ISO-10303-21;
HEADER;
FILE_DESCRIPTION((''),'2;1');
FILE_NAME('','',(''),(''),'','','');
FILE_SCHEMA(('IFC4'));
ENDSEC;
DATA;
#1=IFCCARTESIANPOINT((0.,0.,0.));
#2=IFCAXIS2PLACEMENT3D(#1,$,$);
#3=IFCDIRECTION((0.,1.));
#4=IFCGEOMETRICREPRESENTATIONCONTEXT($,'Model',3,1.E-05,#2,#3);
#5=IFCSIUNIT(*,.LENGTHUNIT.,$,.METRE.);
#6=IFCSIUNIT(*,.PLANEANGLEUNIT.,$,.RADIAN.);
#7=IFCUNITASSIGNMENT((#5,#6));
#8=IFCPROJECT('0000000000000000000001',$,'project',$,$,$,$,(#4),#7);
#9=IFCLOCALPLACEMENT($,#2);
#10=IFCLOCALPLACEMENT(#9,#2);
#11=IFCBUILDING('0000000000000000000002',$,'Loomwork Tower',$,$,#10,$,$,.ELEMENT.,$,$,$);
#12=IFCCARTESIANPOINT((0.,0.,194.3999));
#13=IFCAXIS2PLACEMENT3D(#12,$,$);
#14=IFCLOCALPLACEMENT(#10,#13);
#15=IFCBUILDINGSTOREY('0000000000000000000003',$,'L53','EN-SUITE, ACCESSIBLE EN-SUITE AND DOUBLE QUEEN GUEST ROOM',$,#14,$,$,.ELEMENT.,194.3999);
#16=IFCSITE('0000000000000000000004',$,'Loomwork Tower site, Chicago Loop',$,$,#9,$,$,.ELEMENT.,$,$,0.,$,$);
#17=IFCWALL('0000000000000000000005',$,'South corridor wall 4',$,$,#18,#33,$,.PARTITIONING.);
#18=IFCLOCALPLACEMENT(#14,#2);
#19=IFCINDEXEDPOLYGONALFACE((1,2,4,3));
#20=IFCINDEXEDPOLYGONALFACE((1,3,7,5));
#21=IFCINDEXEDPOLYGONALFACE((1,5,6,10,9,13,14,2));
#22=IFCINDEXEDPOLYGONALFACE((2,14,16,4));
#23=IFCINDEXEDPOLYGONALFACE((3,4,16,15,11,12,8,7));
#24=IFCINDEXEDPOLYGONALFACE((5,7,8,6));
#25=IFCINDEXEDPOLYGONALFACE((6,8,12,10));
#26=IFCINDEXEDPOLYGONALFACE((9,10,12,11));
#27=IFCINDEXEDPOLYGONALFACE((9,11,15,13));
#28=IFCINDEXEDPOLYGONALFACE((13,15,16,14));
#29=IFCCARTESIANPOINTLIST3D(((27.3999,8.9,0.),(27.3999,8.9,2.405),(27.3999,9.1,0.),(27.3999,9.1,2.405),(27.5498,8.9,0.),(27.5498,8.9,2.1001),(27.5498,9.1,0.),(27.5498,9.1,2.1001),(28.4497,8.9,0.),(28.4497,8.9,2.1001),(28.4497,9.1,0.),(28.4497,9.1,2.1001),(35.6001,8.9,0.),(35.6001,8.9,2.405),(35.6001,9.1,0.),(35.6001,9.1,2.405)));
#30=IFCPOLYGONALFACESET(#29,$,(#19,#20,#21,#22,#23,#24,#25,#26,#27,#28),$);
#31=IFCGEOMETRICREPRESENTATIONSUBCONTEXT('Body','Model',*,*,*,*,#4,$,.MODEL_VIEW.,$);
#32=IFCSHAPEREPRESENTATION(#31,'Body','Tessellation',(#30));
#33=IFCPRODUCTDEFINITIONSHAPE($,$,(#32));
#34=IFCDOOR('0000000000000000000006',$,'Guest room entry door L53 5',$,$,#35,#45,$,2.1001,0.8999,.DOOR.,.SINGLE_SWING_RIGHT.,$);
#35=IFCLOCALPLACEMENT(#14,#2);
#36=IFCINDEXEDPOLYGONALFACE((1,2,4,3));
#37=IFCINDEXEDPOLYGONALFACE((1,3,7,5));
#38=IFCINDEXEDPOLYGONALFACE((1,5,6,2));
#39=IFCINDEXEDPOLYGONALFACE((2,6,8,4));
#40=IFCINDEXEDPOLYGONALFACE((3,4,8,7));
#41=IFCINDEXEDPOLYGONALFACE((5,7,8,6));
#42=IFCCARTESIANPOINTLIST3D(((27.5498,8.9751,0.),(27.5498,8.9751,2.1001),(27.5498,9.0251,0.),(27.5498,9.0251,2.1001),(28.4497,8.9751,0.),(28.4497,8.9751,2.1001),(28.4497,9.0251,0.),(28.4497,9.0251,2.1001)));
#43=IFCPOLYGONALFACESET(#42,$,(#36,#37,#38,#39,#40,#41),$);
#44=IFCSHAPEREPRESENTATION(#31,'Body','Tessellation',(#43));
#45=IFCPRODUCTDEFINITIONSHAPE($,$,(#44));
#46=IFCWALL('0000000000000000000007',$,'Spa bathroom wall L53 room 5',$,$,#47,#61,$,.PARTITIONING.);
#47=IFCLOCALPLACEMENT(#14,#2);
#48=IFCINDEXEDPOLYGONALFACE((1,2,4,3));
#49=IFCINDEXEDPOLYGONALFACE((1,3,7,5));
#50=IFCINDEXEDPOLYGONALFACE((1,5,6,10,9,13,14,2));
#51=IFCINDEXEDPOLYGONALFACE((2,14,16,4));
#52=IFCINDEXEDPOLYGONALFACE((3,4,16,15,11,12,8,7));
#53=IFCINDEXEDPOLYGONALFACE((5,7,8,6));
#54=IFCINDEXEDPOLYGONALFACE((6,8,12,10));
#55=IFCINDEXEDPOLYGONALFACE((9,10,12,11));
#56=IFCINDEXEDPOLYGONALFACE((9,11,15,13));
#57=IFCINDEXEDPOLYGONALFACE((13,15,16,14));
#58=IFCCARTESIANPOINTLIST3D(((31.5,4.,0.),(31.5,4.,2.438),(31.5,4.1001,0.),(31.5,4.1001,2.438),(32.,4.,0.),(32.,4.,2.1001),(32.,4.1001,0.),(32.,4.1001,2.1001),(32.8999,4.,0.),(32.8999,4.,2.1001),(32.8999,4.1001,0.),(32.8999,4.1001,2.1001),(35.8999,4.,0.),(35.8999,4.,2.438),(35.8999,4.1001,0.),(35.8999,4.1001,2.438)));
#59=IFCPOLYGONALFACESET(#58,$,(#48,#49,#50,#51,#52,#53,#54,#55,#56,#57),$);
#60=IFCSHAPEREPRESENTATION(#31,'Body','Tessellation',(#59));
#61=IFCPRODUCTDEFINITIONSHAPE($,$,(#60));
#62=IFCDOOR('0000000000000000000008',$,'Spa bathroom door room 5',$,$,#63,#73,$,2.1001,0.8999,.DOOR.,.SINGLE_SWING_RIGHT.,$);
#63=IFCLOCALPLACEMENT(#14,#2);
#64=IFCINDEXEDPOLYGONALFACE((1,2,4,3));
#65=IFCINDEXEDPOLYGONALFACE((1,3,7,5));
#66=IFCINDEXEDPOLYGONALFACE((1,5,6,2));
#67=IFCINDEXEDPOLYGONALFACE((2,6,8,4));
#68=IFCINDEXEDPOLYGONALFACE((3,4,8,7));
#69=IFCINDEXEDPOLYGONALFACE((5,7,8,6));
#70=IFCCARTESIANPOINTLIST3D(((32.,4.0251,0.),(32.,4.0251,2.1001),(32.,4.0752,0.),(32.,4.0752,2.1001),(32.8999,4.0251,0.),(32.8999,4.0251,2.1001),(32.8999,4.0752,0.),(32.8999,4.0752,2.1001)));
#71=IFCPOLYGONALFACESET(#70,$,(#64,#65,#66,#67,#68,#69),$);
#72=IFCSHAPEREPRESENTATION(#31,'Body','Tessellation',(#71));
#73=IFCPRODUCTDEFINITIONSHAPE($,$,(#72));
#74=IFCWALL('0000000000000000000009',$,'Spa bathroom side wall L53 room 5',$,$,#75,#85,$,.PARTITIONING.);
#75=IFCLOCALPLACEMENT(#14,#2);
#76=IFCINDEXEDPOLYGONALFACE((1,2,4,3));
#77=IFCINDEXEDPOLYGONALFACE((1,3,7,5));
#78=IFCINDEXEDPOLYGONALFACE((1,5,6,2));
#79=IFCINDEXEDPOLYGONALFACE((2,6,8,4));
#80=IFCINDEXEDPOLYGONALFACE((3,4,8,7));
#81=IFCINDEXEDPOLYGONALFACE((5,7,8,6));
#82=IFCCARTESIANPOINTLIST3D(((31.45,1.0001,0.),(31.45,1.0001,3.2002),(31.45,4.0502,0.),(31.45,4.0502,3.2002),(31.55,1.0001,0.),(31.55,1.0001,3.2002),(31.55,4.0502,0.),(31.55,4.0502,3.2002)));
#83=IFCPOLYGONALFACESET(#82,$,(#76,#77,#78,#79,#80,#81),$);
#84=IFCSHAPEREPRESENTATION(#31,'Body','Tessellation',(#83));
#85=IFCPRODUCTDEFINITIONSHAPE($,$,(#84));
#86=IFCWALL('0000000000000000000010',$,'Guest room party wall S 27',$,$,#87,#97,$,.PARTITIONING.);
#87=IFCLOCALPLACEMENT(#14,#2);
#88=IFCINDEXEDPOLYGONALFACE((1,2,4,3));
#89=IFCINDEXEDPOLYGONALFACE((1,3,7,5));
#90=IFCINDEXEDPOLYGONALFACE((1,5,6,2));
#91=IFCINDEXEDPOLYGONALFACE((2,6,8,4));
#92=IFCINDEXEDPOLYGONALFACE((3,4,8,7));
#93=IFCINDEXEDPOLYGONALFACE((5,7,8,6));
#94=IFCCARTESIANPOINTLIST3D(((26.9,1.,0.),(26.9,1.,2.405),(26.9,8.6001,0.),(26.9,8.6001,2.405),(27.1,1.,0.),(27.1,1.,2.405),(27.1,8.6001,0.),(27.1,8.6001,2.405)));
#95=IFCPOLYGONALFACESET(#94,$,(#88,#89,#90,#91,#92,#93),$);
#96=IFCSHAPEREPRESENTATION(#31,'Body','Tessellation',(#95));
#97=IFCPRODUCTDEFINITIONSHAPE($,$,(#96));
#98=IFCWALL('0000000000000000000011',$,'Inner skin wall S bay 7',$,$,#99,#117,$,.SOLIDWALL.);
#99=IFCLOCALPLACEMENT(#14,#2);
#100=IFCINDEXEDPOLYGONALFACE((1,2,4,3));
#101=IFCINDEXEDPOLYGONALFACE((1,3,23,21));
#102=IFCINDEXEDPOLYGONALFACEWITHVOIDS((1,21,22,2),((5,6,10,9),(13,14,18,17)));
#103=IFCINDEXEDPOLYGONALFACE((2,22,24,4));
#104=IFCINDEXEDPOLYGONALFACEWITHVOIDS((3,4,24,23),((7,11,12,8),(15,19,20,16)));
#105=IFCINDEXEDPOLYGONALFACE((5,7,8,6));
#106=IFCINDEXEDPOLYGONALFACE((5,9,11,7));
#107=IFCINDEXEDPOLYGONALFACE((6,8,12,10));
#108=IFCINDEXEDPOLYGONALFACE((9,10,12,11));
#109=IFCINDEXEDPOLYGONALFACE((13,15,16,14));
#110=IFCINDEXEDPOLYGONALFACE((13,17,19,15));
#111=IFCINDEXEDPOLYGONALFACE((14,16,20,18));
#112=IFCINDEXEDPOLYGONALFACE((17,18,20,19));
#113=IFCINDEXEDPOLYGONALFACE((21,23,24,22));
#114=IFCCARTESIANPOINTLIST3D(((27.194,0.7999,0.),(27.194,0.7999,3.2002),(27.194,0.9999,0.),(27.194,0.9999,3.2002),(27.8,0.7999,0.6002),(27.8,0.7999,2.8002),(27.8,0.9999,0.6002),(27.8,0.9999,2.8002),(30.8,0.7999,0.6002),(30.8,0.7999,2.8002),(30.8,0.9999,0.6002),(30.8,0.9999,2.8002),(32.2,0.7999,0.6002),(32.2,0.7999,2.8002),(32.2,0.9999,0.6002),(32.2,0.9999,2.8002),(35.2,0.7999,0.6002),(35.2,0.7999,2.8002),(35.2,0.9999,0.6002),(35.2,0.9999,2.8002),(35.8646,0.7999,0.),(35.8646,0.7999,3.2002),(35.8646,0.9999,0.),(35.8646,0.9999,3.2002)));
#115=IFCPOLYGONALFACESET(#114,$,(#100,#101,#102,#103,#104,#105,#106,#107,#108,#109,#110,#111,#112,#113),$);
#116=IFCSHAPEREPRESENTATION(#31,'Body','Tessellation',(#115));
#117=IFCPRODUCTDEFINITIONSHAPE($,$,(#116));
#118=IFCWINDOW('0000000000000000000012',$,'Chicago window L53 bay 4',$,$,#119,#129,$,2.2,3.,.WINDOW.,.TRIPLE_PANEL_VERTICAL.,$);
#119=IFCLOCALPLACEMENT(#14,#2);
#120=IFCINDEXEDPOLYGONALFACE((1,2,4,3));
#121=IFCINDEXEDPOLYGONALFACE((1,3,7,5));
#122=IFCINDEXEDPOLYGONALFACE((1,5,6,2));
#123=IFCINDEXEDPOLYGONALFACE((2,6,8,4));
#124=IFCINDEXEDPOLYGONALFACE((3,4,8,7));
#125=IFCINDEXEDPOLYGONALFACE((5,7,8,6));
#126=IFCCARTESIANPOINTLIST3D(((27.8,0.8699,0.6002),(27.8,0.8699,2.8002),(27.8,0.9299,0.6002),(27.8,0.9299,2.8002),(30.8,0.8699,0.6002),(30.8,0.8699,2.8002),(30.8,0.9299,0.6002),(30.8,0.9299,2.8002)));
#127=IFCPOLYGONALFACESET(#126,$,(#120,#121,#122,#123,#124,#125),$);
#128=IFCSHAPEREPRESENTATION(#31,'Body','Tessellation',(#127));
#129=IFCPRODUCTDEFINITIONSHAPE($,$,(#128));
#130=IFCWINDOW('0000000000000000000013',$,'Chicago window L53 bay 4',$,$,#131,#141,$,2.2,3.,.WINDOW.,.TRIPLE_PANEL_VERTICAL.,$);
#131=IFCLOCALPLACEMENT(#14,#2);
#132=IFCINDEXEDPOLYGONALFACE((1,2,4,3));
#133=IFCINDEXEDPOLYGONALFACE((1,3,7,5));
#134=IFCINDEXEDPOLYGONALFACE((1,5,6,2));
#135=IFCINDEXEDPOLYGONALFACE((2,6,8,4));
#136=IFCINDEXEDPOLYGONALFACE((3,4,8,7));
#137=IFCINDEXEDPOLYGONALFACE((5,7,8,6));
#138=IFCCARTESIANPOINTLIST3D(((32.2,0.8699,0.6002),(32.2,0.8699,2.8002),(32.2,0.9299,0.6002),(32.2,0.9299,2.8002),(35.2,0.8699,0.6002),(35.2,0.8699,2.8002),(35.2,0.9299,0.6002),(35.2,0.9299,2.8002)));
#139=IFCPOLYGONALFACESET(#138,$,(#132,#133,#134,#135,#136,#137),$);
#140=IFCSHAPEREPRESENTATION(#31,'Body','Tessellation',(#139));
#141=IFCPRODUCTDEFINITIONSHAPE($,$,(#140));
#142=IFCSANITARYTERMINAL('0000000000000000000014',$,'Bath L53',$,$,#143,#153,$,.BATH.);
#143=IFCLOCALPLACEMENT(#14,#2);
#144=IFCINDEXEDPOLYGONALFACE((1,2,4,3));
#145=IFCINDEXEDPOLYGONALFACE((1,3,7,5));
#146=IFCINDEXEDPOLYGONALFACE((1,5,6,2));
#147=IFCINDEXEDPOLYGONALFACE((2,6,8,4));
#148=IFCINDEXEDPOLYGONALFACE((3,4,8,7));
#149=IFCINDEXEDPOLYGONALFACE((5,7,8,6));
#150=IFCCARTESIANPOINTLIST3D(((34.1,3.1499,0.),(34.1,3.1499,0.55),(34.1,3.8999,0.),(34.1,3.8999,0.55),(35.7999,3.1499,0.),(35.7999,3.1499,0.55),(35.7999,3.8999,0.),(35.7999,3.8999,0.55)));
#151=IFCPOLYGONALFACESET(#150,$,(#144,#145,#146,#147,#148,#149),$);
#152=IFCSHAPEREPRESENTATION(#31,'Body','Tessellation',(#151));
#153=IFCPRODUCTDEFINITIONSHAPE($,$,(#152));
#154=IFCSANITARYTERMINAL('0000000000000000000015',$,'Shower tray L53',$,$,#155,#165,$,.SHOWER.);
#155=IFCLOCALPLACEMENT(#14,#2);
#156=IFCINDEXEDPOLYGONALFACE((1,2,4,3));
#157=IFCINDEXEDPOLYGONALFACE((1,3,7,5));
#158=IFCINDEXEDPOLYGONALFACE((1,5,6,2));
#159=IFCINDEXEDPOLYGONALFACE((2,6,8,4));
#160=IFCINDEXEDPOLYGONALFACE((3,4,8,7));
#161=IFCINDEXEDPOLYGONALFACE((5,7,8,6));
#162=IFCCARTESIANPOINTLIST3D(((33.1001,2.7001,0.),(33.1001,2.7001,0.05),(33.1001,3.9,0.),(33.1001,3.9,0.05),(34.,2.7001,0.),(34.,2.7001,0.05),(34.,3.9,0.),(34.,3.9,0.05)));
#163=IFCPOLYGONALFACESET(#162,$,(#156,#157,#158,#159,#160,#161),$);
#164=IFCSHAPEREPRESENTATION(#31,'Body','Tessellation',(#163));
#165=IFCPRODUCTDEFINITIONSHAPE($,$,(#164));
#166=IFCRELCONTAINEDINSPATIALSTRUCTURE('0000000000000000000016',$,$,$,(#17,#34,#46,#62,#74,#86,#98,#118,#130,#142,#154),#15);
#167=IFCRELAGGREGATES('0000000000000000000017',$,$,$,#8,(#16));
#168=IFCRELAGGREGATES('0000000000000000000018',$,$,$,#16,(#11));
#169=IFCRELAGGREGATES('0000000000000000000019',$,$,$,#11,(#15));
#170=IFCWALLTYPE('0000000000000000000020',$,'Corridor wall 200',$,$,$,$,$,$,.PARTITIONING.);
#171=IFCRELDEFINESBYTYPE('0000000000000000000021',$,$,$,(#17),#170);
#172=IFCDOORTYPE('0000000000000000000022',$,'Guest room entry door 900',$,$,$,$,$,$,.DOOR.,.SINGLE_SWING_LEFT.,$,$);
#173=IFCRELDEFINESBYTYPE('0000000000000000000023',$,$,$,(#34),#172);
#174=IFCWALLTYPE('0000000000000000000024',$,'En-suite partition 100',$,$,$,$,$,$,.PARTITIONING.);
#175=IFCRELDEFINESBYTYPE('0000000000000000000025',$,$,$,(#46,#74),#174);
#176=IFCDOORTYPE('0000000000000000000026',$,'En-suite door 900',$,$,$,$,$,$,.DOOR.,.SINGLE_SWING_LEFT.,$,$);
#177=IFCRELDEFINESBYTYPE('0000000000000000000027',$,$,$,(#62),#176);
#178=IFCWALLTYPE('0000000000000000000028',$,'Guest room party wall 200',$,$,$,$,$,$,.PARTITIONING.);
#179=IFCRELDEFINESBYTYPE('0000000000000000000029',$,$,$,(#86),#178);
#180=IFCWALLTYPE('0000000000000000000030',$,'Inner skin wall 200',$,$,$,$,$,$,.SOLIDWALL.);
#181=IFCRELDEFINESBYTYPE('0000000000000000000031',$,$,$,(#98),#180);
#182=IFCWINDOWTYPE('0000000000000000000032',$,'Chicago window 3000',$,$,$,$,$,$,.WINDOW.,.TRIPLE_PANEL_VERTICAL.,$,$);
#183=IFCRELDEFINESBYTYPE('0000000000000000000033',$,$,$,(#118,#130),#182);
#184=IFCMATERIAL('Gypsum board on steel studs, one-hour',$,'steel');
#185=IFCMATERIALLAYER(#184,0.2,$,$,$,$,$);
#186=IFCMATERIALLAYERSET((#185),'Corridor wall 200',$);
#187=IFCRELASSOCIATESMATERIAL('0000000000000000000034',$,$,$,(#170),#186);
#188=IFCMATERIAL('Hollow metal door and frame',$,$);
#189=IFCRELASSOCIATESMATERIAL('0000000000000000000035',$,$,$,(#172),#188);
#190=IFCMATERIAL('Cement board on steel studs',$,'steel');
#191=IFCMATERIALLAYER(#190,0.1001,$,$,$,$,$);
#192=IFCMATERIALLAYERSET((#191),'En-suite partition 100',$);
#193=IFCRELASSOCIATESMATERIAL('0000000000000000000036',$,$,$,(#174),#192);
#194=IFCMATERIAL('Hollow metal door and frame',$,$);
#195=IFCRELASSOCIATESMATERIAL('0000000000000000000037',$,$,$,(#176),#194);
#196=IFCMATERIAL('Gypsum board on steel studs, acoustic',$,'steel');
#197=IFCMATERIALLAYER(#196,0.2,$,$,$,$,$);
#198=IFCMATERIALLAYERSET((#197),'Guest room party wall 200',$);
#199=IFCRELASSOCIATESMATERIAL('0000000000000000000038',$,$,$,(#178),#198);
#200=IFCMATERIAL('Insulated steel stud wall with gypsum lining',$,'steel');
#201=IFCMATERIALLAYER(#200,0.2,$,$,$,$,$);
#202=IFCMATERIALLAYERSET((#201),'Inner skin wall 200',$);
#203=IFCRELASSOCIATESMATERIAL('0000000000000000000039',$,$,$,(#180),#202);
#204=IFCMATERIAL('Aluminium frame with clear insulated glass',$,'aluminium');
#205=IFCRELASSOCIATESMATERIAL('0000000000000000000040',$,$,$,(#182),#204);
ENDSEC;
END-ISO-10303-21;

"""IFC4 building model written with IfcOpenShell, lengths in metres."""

from ifc_helpers import new_model, si_unit, direction, frame, frame_2d, origin, origin_2d, place, context, subcontext, project, spatial, rectangle, extrude, material, layer, layer_set, type_object, element, fill, save


model = new_model("IFC4")

# Units and contexts
model_context = context("Model", 3, precision=1e-05, world=origin(), true_north=direction((0.0, 1.0)))
body_context = subcontext(model_context, "Body", "Model", "MODEL_VIEW")
ifc_project = project(units=[si_unit("LENGTHUNIT", "METRE"), si_unit("PLANEANGLEUNIT", "RADIAN")], contexts=[model_context])

# Site, building, storey
site_placement = place(None, origin())
site = spatial("IfcSite", under=ifc_project, at=site_placement, Name="Loomwork Tower site, Chicago Loop", CompositionType="ELEMENT", RefElevation=0.0)
building_placement = place(site_placement, origin())
building = spatial("IfcBuilding", under=site, at=building_placement, Name="Loomwork Tower", CompositionType="ELEMENT")
storey_placement = place(building_placement, frame((0.0, 0.0, 194.3999)))
storey = spatial("IfcBuildingStorey", under=building, at=storey_placement, Name="L53", Description="EN-SUITE, ACCESSIBLE EN-SUITE AND DOUBLE QUEEN GUEST ROOM", CompositionType="ELEMENT", Elevation=194.3999)

# Walls, openings, doors
ifc_material_1 = material(Name="Gypsum board on steel studs, one-hour", Category="steel")
ifc_layer_1 = layer(ifc_material_1, 0.2)
ifc_layer_set_1 = layer_set([ifc_layer_1], Name="Corridor wall 200")
wall_type_1 = type_object("IfcWallType", Name="Corridor wall 200", PredefinedType="PARTITIONING", material=ifc_layer_set_1)
wall_1_placement = place(storey_placement, frame((27.3999, 9.0, 0.0), z_axis=(0.0, 0.0, 1.0), x_axis=(1.0, 0.0, 0.0)))
wall_1 = element("IfcWall", 1, at=wall_1_placement, inside=storey, type_object=wall_type_1, Name="South corridor wall 4", PredefinedType="PARTITIONING", context=body_context, shape_type="SweptSolid", body=[
    extrude(rectangle(XDim=8.2002, YDim=0.2, at=frame_2d((4.1001, 0.0))), origin(), (0.0, 0.0, 1.0), 2.405),
])
opening_1_placement = place(wall_1_placement, frame((0.1499, 0.0, 0.0)))
opening_1 = element("IfcOpeningElement", 2, at=opening_1_placement, cuts=wall_1, PredefinedType="OPENING", context=body_context, shape_type="SweptSolid", body=[
    extrude(rectangle(XDim=0.8999, YDim=2.1001, at=frame_2d((0.45, 1.05))), frame((0.0, 0.1099, 0.0), z_axis=(0.0, -1.0, 0.0), x_axis=(1.0, 0.0, 0.0)), (0.0, 0.0, 1.0), 0.22),
])
ifc_material_2 = material(Name="Hollow metal door and frame")
door_type_1 = type_object("IfcDoorType", Name="Guest room entry door 900", OperationType="SINGLE_SWING_LEFT", PredefinedType="DOOR", material=ifc_material_2)
door_1_placement = place(opening_1_placement, frame((0.8999, 0.0, 0.0), z_axis=(0.0, 0.0, 1.0), x_axis=(-1.0, 0.0, 0.0)))
door_1 = element("IfcDoor", 3, at=door_1_placement, inside=storey, type_object=door_type_1, Name="Guest room entry door L53 5", OperationType="SINGLE_SWING_RIGHT", OverallHeight=2.1001, OverallWidth=0.8999, PredefinedType="DOOR", context=body_context, shape_type="SweptSolid", body=[
    extrude(rectangle(XDim=0.8999, YDim=2.1001, at=frame_2d((0.45, 1.05))), frame((0.0, 0.0249, 0.0), z_axis=(0.0, -1.0, 0.0), x_axis=(1.0, 0.0, 0.0)), (0.0, 0.0, 1.0), 0.05),
])
fill(opening_1, door_1)
ifc_material_3 = material(Name="Cement board on steel studs", Category="steel")
ifc_layer_2 = layer(ifc_material_3, 0.1001)
ifc_layer_set_2 = layer_set([ifc_layer_2], Name="En-suite partition 100")
wall_type_2 = type_object("IfcWallType", Name="En-suite partition 100", PredefinedType="PARTITIONING", material=ifc_layer_set_2)
wall_2_placement = place(storey_placement, frame((31.5, 4.05, 0.0), z_axis=(0.0, 0.0, 1.0), x_axis=(1.0, 0.0, 0.0)))
wall_2 = element("IfcWall", 4, at=wall_2_placement, inside=storey, type_object=wall_type_2, Name="Spa bathroom wall L53 room 5", PredefinedType="PARTITIONING", context=body_context, shape_type="SweptSolid", body=[
    extrude(rectangle(XDim=4.3999, YDim=0.1001, at=frame_2d((2.2, 0.0))), origin(), (0.0, 0.0, 1.0), 2.438),
])
opening_2_placement = place(wall_2_placement, frame((0.5, 0.0, 0.0)))
opening_2 = element("IfcOpeningElement", 5, at=opening_2_placement, cuts=wall_2, PredefinedType="OPENING", context=body_context, shape_type="SweptSolid", body=[
    extrude(rectangle(XDim=0.8999, YDim=2.1001, at=frame_2d((0.45, 1.05))), frame((0.0, 0.0601, 0.0), z_axis=(0.0, -1.0, 0.0), x_axis=(1.0, 0.0, 0.0)), (0.0, 0.0, 1.0), 0.1201),
])
ifc_material_4 = material(Name="Hollow metal door and frame")
door_type_2 = type_object("IfcDoorType", Name="En-suite door 900", OperationType="SINGLE_SWING_LEFT", PredefinedType="DOOR", material=ifc_material_4)
door_2_placement = place(opening_2_placement, frame((0.8999, 0.0, 0.0), z_axis=(0.0, 0.0, 1.0), x_axis=(-1.0, 0.0, 0.0)))
door_2 = element("IfcDoor", 6, at=door_2_placement, inside=storey, type_object=door_type_2, Name="Spa bathroom door room 5", OperationType="SINGLE_SWING_RIGHT", OverallHeight=2.1001, OverallWidth=0.8999, PredefinedType="DOOR", context=body_context, shape_type="SweptSolid", body=[
    extrude(rectangle(XDim=0.8999, YDim=2.1001, at=frame_2d((0.45, 1.05))), frame((0.0, 0.0249, 0.0), z_axis=(0.0, -1.0, 0.0), x_axis=(1.0, 0.0, 0.0)), (0.0, 0.0, 1.0), 0.05),
])
fill(opening_2, door_2)

# Walls
wall_3_placement = place(storey_placement, frame((31.5, 4.05, 0.0), z_axis=(0.0, 0.0, 1.0), x_axis=(0.0, -1.0, 0.0)))
element("IfcWall", 7, at=wall_3_placement, inside=storey, type_object=wall_type_2, Name="Spa bathroom side wall L53 room 5", PredefinedType="PARTITIONING", context=body_context, shape_type="SweptSolid", body=[
    extrude(rectangle(XDim=3.05, YDim=0.1001, at=frame_2d((1.5249, 0.0))), origin(), (0.0, 0.0, 1.0), 3.2002),
])
ifc_material_5 = material(Name="Gypsum board on steel studs, acoustic", Category="steel")
ifc_layer_3 = layer(ifc_material_5, 0.2)
ifc_layer_set_3 = layer_set([ifc_layer_3], Name="Guest room party wall 200")
wall_type_3 = type_object("IfcWallType", Name="Guest room party wall 200", PredefinedType="PARTITIONING", material=ifc_layer_set_3)
wall_4_placement = place(storey_placement, frame((27.0, 8.6001, 0.0), z_axis=(0.0, 0.0, 1.0), x_axis=(0.0, -1.0, 0.0)))
element("IfcWall", 8, at=wall_4_placement, inside=storey, type_object=wall_type_3, Name="Guest room party wall S 27", PredefinedType="PARTITIONING", context=body_context, shape_type="SweptSolid", body=[
    extrude(rectangle(XDim=7.6001, YDim=0.2, at=frame_2d((3.8, 0.0))), origin(), (0.0, 0.0, 1.0), 2.405),
])

# Wall, openings, windows
ifc_material_6 = material(Name="Insulated steel stud wall with gypsum lining", Category="steel")
ifc_layer_4 = layer(ifc_material_6, 0.2)
ifc_layer_set_4 = layer_set([ifc_layer_4], Name="Inner skin wall 200")
wall_type_4 = type_object("IfcWallType", Name="Inner skin wall 200", PredefinedType="SOLIDWALL", material=ifc_layer_set_4)
wall_5_placement = place(storey_placement, frame((27.1938, 0.8999, 0.0), z_axis=(0.0, 0.0, 1.0), x_axis=(1.0, 0.0, 0.0)))
wall_5 = element("IfcWall", 9, at=wall_5_placement, inside=storey, type_object=wall_type_4, Name="Inner skin wall S bay 7", PredefinedType="SOLIDWALL", context=body_context, shape_type="SweptSolid", body=[
    extrude(rectangle(XDim=8.6707, YDim=0.2, at=frame_2d((4.3354, 0.0))), origin(), (0.0, 0.0, 1.0), 3.2002),
])
opening_3_placement = place(wall_5_placement, frame((0.6062, 0.0, 0.6001)))
opening_3 = element("IfcOpeningElement", 10, at=opening_3_placement, cuts=wall_5, PredefinedType="OPENING", context=body_context, shape_type="SweptSolid", body=[
    extrude(rectangle(XDim=3.0, YDim=2.2, at=frame_2d((1.5, 1.1001))), frame((0.0, 0.1099, 0.0), z_axis=(0.0, -1.0, 0.0), x_axis=(1.0, 0.0, 0.0)), (0.0, 0.0, 1.0), 0.22),
])
opening_4_placement = place(wall_5_placement, frame((5.0061, 0.0, 0.6001)))
opening_4 = element("IfcOpeningElement", 11, at=opening_4_placement, cuts=wall_5, PredefinedType="OPENING", context=body_context, shape_type="SweptSolid", body=[
    extrude(rectangle(XDim=3.0, YDim=2.2, at=frame_2d((1.5, 1.1001))), frame((0.0, 0.1099, 0.0), z_axis=(0.0, -1.0, 0.0), x_axis=(1.0, 0.0, 0.0)), (0.0, 0.0, 1.0), 0.22),
])
ifc_material_7 = material(Name="Aluminium frame with clear insulated glass", Category="aluminium")
window_type = type_object("IfcWindowType", Name="Chicago window 3000", PartitioningType="TRIPLE_PANEL_VERTICAL", PredefinedType="WINDOW", material=ifc_material_7)
window_1_placement = place(opening_3_placement, origin())
window_1 = element("IfcWindow", 12, at=window_1_placement, inside=storey, type_object=window_type, Name="Chicago window L53 bay 4", OverallHeight=2.2, OverallWidth=3.0, PartitioningType="TRIPLE_PANEL_VERTICAL", PredefinedType="WINDOW", context=body_context, shape_type="SweptSolid", body=[
    extrude(rectangle(XDim=3.0, YDim=2.2, at=frame_2d((1.5, 1.1001))), frame((0.0, 0.03, 0.0), z_axis=(0.0, -1.0, 0.0), x_axis=(1.0, 0.0, 0.0)), (0.0, 0.0, 1.0), 0.0601),
])
fill(opening_3, window_1)
window_2_placement = place(opening_4_placement, origin())
window_2 = element("IfcWindow", 13, at=window_2_placement, inside=storey, type_object=window_type, Name="Chicago window L53 bay 4", OverallHeight=2.2, OverallWidth=3.0, PartitioningType="TRIPLE_PANEL_VERTICAL", PredefinedType="WINDOW", context=body_context, shape_type="SweptSolid", body=[
    extrude(rectangle(XDim=3.0, YDim=2.2, at=frame_2d((1.5, 1.1001))), frame((0.0, 0.03, 0.0), z_axis=(0.0, -1.0, 0.0), x_axis=(1.0, 0.0, 0.0)), (0.0, 0.0, 1.0), 0.0601),
])
fill(opening_4, window_2)

# Sanitary terminals
sanitary_terminal_1_placement = place(storey_placement, frame((34.95, 3.5249, 0.0), z_axis=(0.0, 0.0, 1.0), x_axis=(1.0, 0.0, 0.0)))
element("IfcSanitaryTerminal", 14, at=sanitary_terminal_1_placement, inside=storey, Name="Bath L53", PredefinedType="BATH", context=body_context, shape_type="SweptSolid", body=[
    extrude(rectangle(XDim=1.7, YDim=0.75, at=origin_2d()), origin(), (0.0, 0.0, 1.0), 0.55),
])
sanitary_terminal_2_placement = place(storey_placement, frame((33.55, 3.3, 0.0), z_axis=(0.0, 0.0, 1.0), x_axis=(1.0, 0.0, 0.0)))
element("IfcSanitaryTerminal", 15, at=sanitary_terminal_2_placement, inside=storey, Name="Shower tray L53", PredefinedType="SHOWER", context=body_context, shape_type="SweptSolid", body=[
    extrude(rectangle(XDim=0.8999, YDim=1.2, at=origin_2d()), origin(), (0.0, 0.0, 1.0), 0.05),
])

save(model, "model.ifc")
